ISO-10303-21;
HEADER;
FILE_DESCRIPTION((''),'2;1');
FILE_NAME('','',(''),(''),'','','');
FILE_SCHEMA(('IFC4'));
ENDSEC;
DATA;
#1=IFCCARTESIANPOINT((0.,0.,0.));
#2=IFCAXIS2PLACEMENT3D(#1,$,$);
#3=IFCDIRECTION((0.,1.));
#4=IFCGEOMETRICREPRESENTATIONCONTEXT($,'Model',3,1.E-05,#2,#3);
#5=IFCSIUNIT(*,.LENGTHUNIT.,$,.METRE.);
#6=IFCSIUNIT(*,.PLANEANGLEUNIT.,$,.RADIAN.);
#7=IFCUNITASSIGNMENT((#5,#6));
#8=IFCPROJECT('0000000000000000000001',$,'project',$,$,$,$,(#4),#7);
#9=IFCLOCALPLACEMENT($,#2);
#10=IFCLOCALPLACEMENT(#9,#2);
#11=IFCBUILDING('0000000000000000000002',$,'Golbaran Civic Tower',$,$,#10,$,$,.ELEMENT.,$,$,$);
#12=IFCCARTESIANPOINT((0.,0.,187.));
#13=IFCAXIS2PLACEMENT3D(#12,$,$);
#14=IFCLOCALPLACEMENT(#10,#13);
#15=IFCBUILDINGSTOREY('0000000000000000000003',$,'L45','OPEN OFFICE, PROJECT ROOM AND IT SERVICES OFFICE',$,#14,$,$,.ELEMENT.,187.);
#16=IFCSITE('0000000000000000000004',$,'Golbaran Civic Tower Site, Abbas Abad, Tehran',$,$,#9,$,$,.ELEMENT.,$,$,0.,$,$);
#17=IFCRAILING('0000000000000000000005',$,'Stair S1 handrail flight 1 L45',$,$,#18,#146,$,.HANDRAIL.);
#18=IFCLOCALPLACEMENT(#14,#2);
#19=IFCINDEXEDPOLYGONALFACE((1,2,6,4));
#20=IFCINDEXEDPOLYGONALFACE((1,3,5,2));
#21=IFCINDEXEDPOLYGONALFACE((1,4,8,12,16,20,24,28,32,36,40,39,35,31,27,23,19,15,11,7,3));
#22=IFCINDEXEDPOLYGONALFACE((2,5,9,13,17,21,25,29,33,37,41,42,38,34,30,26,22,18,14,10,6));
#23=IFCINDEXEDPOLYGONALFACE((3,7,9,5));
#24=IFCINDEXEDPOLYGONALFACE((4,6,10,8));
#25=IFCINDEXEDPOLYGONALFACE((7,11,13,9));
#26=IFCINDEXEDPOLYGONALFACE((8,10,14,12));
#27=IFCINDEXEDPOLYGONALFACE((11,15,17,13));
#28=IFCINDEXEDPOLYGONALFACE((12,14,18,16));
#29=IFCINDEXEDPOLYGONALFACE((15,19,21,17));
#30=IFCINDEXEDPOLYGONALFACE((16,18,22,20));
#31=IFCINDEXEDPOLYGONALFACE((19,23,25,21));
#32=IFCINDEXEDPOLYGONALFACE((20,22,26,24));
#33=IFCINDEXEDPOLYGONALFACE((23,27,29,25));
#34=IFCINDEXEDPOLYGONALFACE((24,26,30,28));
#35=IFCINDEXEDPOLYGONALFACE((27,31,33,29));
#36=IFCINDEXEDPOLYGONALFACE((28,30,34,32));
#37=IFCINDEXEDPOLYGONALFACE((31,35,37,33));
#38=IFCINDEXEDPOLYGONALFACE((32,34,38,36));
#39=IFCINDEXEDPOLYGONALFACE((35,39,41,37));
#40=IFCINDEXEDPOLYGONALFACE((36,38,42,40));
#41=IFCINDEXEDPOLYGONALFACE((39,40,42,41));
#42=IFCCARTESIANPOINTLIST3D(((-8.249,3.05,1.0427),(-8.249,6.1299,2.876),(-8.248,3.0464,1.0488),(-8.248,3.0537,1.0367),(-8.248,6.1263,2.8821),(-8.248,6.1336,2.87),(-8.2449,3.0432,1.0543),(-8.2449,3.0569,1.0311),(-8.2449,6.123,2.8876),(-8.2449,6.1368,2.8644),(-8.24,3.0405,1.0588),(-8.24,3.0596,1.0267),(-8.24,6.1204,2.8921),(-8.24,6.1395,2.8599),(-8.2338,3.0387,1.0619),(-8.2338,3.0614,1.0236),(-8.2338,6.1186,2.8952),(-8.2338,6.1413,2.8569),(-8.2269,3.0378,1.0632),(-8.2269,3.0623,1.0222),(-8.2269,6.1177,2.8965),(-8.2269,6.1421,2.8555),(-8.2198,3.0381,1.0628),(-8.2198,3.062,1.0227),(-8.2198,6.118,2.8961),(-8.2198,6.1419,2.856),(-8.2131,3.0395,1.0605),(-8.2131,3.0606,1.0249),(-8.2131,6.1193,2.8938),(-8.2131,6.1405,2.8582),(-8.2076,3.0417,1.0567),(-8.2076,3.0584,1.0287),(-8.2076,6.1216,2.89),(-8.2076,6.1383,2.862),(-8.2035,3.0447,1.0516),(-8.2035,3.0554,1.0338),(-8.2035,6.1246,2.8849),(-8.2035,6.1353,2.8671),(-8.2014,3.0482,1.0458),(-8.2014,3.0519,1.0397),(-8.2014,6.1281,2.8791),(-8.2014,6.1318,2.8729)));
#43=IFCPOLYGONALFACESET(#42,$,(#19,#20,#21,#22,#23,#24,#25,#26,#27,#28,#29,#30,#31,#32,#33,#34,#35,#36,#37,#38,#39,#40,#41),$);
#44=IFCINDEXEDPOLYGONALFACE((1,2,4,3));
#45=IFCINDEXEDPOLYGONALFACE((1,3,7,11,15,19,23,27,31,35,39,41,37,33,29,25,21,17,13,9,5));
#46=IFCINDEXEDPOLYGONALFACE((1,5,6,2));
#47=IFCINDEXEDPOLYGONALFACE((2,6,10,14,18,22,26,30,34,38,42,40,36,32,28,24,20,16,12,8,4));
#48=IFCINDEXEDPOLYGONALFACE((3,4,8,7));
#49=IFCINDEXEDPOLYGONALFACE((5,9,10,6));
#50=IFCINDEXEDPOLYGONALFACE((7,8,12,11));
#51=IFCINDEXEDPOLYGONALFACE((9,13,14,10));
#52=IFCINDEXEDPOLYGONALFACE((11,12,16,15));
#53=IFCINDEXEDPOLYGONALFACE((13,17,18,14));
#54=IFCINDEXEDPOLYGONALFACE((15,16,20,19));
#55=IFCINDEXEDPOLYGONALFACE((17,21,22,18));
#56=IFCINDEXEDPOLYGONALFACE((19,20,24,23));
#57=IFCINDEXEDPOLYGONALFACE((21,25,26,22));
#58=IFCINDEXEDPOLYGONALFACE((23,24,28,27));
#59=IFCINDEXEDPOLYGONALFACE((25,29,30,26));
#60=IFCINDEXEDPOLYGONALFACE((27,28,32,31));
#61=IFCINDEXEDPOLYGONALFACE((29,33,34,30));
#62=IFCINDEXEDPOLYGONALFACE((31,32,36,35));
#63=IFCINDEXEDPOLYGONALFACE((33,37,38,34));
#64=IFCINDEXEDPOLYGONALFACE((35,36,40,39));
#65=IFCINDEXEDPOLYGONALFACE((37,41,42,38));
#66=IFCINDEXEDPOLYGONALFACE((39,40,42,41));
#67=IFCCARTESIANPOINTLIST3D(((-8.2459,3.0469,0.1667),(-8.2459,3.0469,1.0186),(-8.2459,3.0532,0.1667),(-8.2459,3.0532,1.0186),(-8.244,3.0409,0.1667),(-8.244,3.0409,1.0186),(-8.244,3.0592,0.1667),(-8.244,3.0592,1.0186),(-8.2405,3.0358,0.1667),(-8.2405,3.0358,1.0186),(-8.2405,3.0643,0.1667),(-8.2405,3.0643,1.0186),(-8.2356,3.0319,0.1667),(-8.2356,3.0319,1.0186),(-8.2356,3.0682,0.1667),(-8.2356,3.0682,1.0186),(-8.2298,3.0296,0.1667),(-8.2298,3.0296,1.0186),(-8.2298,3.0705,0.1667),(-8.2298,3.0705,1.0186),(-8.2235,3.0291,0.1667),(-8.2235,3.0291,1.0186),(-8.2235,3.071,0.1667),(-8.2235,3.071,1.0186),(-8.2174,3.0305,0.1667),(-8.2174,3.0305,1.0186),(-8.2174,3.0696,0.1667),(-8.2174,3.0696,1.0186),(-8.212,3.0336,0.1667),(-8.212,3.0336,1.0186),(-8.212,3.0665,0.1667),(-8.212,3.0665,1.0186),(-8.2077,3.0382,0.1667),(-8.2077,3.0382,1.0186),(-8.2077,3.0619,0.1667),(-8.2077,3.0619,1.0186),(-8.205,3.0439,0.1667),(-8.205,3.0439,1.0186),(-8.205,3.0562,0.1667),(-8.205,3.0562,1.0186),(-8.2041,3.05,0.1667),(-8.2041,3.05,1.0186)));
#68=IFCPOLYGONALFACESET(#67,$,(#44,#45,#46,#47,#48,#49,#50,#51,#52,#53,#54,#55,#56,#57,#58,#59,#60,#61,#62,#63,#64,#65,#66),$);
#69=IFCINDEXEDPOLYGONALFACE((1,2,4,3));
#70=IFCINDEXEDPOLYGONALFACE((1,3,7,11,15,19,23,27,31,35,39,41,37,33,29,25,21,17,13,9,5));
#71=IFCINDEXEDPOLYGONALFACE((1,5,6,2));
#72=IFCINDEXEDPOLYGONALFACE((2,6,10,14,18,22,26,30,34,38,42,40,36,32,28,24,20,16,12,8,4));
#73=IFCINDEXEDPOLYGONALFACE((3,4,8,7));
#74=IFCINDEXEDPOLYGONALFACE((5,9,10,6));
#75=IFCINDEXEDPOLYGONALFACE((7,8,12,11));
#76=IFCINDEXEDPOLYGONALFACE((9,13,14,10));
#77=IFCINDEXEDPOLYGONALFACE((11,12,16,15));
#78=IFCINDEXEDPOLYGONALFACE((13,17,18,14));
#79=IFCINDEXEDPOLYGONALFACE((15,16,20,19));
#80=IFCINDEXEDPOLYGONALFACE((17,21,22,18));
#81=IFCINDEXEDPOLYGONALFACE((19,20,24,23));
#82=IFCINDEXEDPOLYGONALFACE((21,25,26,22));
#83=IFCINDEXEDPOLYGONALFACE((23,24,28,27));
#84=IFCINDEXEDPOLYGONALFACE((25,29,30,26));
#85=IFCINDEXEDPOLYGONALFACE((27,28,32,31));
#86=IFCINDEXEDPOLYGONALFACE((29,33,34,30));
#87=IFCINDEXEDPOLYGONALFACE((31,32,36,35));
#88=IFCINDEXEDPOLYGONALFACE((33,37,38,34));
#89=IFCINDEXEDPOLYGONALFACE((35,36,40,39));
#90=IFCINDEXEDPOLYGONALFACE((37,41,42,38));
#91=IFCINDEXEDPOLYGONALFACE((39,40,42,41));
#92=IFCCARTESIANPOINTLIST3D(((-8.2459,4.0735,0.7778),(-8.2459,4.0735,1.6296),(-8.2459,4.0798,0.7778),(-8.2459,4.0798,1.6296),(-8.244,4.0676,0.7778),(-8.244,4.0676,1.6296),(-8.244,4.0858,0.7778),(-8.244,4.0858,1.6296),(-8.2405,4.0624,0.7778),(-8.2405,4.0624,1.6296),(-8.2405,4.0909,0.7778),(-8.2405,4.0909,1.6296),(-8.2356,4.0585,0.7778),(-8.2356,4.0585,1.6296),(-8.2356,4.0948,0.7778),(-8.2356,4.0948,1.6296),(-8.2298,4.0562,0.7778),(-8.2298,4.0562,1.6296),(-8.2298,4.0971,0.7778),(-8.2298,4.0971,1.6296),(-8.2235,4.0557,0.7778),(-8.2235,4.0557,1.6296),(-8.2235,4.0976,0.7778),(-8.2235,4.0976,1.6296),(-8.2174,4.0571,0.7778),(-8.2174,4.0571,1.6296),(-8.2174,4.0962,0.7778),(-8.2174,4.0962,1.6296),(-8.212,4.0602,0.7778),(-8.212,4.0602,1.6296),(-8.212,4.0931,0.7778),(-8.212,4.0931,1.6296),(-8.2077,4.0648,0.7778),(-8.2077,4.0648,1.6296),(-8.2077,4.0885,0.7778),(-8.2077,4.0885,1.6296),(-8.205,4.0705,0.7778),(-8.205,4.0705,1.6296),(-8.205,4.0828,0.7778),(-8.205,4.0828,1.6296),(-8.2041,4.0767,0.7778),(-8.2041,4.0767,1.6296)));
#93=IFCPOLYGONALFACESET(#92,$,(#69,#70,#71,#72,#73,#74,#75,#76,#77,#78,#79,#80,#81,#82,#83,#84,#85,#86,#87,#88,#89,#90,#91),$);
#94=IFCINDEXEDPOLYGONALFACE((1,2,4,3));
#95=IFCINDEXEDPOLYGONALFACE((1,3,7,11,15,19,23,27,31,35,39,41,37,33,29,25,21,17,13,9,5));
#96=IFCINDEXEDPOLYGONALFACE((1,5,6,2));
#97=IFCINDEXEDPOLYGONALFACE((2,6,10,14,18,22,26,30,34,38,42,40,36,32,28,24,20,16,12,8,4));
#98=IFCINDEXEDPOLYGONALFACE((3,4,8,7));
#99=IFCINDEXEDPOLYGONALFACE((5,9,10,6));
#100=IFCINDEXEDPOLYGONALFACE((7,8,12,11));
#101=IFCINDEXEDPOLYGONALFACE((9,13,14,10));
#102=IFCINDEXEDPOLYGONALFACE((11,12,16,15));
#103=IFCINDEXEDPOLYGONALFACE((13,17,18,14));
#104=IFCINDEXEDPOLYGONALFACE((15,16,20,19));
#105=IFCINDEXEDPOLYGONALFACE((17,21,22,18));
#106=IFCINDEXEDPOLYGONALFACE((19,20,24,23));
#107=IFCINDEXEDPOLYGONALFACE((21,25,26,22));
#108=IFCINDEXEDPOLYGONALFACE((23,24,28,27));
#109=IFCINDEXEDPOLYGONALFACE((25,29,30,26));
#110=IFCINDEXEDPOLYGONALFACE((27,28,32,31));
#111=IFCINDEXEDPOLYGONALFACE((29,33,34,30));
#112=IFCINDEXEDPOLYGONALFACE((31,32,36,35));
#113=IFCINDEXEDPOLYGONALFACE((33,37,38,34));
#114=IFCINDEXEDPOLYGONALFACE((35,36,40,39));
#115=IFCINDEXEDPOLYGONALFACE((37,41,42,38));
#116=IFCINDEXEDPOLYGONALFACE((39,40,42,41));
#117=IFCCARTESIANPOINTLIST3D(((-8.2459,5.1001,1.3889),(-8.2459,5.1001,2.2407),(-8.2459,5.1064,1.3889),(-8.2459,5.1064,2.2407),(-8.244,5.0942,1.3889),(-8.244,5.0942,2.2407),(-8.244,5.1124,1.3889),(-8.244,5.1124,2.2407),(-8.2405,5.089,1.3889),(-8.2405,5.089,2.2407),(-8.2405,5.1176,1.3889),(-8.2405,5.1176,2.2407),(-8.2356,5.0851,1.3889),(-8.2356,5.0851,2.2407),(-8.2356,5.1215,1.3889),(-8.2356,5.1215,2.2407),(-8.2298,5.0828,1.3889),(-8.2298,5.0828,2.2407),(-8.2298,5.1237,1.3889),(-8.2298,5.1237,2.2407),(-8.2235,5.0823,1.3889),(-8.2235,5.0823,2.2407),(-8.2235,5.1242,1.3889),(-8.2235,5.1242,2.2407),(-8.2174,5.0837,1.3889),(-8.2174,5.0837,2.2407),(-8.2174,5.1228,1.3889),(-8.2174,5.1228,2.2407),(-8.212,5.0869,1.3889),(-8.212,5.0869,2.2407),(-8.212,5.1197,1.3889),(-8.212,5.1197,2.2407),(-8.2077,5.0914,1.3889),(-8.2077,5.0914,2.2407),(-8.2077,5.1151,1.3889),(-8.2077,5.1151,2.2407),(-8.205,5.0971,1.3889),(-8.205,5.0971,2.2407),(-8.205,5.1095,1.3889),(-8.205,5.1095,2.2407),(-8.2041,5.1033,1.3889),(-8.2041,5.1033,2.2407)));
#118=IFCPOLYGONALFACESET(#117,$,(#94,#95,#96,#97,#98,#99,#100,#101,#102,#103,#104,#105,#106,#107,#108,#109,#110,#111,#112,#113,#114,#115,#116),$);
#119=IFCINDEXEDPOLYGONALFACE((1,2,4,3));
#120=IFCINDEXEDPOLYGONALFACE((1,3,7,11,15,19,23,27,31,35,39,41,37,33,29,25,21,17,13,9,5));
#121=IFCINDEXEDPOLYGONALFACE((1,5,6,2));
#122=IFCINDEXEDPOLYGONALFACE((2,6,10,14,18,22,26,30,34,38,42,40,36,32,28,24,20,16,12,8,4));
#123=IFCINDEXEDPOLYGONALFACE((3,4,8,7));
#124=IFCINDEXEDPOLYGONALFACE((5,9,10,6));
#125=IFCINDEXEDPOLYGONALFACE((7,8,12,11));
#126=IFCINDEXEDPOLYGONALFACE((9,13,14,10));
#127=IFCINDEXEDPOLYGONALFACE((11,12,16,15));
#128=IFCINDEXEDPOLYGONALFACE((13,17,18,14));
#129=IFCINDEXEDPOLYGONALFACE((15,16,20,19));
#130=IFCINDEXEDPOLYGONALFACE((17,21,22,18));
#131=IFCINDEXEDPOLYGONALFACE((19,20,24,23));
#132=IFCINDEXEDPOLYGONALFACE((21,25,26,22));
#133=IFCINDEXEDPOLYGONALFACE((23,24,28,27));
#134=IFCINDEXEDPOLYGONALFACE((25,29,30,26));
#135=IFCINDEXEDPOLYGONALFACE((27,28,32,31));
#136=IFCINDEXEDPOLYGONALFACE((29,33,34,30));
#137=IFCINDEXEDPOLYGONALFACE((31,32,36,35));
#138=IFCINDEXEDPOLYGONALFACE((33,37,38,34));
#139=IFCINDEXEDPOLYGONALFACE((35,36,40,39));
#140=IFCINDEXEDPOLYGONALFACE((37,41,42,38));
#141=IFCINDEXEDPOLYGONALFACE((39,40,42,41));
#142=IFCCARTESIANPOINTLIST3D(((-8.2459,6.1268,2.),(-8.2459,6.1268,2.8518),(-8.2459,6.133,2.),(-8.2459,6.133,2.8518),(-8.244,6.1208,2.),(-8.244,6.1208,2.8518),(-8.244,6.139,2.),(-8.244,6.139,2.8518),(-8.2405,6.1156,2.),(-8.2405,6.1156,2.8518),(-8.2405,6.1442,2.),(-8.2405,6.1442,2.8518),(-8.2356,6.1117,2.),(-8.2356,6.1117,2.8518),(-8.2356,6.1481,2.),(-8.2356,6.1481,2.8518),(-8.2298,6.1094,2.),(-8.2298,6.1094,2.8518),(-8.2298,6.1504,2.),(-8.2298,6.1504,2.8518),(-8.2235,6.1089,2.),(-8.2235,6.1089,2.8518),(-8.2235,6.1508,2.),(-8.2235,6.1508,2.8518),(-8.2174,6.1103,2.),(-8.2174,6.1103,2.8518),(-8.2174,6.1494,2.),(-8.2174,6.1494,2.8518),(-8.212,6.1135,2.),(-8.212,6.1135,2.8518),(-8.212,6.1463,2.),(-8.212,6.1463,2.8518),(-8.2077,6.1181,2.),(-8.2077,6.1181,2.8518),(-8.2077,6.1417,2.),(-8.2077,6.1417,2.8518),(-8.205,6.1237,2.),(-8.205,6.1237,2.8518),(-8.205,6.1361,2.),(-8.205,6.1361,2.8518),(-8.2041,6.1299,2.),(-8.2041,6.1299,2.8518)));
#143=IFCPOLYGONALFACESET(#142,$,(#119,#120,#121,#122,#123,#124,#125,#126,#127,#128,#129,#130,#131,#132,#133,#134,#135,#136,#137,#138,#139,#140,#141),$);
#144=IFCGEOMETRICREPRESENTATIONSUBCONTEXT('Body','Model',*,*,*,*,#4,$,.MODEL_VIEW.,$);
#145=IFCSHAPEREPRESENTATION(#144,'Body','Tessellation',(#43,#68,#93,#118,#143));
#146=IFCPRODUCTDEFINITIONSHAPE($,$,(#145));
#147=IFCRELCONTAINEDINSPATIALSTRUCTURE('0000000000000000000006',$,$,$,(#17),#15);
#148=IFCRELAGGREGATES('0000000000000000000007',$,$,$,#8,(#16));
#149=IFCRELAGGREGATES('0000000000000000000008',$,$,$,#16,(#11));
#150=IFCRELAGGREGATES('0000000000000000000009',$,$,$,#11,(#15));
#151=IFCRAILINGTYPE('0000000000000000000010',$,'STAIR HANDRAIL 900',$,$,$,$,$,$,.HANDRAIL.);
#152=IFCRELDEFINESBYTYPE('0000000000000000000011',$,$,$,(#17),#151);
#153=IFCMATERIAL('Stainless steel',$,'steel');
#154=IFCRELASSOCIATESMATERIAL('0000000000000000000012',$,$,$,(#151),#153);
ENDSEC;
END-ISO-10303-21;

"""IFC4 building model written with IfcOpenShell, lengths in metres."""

from ifc_helpers import new_model, si_unit, direction, frame, origin, origin_2d, place, context, subcontext, project, spatial, circle, extrude, material, type_object, element, save


model = new_model("IFC4")

# Units and contexts
model_context = context("Model", 3, precision=1e-05, world=origin(), true_north=direction((0.0, 1.0)))
body_context = subcontext(model_context, "Body", "Model", "MODEL_VIEW")
ifc_project = project(units=[si_unit("LENGTHUNIT", "METRE"), si_unit("PLANEANGLEUNIT", "RADIAN")], contexts=[model_context])

# Site, building, storey
site_placement = place(None, origin())
site = spatial("IfcSite", under=ifc_project, at=site_placement, Name="Golbaran Civic Tower Site, Abbas Abad, Tehran", CompositionType="ELEMENT", RefElevation=0.0)
building_placement = place(site_placement, origin())
building = spatial("IfcBuilding", under=site, at=building_placement, Name="Golbaran Civic Tower", CompositionType="ELEMENT")
storey_placement = place(building_placement, frame((0.0, 0.0, 187.0)))
storey = spatial("IfcBuildingStorey", under=building, at=storey_placement, Name="L45", Description="OPEN OFFICE, PROJECT ROOM AND IT SERVICES OFFICE", CompositionType="ELEMENT", Elevation=187.0)

# Shared definitions
ifc_material_1 = material(Name="Stainless steel", Category="steel")

# Railing
railing_type = type_object("IfcRailingType", Name="STAIR HANDRAIL 900", PredefinedType="HANDRAIL", material=ifc_material_1)
railing_1_placement = place(storey_placement, frame((-8.2251, 3.05, 0.1667)))
element("IfcRailing", 1, at=railing_1_placement, inside=storey, type_object=railing_type, Name="Stair S1 handrail flight 1 L45", PredefinedType="HANDRAIL", context=body_context, shape_type="SweptSolid", body=[
    extrude(circle(Radius=0.0239, at=origin_2d()), frame((0.0, 0.0, 0.876), z_axis=(0.0, 0.859291, 0.511487), x_axis=(-1.0, 0.0, 0.0)), (0.0, 0.0, 1.0), 3.5842),
    extrude(circle(Radius=0.021, at=origin_2d()), origin(), (0.0, 0.0, 1.0), 0.8518),
    extrude(circle(Radius=0.021, at=origin_2d()), frame((0.0, 1.0266, 0.6111)), (0.0, 0.0, 1.0), 0.8518),
    extrude(circle(Radius=0.021, at=origin_2d()), frame((0.0, 2.0532, 1.2222)), (0.0, 0.0, 1.0), 0.8518),
    extrude(circle(Radius=0.021, at=origin_2d()), frame((0.0, 3.0798, 1.8333)), (0.0, 0.0, 1.0), 0.8518),
])

save(model, "model.ifc")
